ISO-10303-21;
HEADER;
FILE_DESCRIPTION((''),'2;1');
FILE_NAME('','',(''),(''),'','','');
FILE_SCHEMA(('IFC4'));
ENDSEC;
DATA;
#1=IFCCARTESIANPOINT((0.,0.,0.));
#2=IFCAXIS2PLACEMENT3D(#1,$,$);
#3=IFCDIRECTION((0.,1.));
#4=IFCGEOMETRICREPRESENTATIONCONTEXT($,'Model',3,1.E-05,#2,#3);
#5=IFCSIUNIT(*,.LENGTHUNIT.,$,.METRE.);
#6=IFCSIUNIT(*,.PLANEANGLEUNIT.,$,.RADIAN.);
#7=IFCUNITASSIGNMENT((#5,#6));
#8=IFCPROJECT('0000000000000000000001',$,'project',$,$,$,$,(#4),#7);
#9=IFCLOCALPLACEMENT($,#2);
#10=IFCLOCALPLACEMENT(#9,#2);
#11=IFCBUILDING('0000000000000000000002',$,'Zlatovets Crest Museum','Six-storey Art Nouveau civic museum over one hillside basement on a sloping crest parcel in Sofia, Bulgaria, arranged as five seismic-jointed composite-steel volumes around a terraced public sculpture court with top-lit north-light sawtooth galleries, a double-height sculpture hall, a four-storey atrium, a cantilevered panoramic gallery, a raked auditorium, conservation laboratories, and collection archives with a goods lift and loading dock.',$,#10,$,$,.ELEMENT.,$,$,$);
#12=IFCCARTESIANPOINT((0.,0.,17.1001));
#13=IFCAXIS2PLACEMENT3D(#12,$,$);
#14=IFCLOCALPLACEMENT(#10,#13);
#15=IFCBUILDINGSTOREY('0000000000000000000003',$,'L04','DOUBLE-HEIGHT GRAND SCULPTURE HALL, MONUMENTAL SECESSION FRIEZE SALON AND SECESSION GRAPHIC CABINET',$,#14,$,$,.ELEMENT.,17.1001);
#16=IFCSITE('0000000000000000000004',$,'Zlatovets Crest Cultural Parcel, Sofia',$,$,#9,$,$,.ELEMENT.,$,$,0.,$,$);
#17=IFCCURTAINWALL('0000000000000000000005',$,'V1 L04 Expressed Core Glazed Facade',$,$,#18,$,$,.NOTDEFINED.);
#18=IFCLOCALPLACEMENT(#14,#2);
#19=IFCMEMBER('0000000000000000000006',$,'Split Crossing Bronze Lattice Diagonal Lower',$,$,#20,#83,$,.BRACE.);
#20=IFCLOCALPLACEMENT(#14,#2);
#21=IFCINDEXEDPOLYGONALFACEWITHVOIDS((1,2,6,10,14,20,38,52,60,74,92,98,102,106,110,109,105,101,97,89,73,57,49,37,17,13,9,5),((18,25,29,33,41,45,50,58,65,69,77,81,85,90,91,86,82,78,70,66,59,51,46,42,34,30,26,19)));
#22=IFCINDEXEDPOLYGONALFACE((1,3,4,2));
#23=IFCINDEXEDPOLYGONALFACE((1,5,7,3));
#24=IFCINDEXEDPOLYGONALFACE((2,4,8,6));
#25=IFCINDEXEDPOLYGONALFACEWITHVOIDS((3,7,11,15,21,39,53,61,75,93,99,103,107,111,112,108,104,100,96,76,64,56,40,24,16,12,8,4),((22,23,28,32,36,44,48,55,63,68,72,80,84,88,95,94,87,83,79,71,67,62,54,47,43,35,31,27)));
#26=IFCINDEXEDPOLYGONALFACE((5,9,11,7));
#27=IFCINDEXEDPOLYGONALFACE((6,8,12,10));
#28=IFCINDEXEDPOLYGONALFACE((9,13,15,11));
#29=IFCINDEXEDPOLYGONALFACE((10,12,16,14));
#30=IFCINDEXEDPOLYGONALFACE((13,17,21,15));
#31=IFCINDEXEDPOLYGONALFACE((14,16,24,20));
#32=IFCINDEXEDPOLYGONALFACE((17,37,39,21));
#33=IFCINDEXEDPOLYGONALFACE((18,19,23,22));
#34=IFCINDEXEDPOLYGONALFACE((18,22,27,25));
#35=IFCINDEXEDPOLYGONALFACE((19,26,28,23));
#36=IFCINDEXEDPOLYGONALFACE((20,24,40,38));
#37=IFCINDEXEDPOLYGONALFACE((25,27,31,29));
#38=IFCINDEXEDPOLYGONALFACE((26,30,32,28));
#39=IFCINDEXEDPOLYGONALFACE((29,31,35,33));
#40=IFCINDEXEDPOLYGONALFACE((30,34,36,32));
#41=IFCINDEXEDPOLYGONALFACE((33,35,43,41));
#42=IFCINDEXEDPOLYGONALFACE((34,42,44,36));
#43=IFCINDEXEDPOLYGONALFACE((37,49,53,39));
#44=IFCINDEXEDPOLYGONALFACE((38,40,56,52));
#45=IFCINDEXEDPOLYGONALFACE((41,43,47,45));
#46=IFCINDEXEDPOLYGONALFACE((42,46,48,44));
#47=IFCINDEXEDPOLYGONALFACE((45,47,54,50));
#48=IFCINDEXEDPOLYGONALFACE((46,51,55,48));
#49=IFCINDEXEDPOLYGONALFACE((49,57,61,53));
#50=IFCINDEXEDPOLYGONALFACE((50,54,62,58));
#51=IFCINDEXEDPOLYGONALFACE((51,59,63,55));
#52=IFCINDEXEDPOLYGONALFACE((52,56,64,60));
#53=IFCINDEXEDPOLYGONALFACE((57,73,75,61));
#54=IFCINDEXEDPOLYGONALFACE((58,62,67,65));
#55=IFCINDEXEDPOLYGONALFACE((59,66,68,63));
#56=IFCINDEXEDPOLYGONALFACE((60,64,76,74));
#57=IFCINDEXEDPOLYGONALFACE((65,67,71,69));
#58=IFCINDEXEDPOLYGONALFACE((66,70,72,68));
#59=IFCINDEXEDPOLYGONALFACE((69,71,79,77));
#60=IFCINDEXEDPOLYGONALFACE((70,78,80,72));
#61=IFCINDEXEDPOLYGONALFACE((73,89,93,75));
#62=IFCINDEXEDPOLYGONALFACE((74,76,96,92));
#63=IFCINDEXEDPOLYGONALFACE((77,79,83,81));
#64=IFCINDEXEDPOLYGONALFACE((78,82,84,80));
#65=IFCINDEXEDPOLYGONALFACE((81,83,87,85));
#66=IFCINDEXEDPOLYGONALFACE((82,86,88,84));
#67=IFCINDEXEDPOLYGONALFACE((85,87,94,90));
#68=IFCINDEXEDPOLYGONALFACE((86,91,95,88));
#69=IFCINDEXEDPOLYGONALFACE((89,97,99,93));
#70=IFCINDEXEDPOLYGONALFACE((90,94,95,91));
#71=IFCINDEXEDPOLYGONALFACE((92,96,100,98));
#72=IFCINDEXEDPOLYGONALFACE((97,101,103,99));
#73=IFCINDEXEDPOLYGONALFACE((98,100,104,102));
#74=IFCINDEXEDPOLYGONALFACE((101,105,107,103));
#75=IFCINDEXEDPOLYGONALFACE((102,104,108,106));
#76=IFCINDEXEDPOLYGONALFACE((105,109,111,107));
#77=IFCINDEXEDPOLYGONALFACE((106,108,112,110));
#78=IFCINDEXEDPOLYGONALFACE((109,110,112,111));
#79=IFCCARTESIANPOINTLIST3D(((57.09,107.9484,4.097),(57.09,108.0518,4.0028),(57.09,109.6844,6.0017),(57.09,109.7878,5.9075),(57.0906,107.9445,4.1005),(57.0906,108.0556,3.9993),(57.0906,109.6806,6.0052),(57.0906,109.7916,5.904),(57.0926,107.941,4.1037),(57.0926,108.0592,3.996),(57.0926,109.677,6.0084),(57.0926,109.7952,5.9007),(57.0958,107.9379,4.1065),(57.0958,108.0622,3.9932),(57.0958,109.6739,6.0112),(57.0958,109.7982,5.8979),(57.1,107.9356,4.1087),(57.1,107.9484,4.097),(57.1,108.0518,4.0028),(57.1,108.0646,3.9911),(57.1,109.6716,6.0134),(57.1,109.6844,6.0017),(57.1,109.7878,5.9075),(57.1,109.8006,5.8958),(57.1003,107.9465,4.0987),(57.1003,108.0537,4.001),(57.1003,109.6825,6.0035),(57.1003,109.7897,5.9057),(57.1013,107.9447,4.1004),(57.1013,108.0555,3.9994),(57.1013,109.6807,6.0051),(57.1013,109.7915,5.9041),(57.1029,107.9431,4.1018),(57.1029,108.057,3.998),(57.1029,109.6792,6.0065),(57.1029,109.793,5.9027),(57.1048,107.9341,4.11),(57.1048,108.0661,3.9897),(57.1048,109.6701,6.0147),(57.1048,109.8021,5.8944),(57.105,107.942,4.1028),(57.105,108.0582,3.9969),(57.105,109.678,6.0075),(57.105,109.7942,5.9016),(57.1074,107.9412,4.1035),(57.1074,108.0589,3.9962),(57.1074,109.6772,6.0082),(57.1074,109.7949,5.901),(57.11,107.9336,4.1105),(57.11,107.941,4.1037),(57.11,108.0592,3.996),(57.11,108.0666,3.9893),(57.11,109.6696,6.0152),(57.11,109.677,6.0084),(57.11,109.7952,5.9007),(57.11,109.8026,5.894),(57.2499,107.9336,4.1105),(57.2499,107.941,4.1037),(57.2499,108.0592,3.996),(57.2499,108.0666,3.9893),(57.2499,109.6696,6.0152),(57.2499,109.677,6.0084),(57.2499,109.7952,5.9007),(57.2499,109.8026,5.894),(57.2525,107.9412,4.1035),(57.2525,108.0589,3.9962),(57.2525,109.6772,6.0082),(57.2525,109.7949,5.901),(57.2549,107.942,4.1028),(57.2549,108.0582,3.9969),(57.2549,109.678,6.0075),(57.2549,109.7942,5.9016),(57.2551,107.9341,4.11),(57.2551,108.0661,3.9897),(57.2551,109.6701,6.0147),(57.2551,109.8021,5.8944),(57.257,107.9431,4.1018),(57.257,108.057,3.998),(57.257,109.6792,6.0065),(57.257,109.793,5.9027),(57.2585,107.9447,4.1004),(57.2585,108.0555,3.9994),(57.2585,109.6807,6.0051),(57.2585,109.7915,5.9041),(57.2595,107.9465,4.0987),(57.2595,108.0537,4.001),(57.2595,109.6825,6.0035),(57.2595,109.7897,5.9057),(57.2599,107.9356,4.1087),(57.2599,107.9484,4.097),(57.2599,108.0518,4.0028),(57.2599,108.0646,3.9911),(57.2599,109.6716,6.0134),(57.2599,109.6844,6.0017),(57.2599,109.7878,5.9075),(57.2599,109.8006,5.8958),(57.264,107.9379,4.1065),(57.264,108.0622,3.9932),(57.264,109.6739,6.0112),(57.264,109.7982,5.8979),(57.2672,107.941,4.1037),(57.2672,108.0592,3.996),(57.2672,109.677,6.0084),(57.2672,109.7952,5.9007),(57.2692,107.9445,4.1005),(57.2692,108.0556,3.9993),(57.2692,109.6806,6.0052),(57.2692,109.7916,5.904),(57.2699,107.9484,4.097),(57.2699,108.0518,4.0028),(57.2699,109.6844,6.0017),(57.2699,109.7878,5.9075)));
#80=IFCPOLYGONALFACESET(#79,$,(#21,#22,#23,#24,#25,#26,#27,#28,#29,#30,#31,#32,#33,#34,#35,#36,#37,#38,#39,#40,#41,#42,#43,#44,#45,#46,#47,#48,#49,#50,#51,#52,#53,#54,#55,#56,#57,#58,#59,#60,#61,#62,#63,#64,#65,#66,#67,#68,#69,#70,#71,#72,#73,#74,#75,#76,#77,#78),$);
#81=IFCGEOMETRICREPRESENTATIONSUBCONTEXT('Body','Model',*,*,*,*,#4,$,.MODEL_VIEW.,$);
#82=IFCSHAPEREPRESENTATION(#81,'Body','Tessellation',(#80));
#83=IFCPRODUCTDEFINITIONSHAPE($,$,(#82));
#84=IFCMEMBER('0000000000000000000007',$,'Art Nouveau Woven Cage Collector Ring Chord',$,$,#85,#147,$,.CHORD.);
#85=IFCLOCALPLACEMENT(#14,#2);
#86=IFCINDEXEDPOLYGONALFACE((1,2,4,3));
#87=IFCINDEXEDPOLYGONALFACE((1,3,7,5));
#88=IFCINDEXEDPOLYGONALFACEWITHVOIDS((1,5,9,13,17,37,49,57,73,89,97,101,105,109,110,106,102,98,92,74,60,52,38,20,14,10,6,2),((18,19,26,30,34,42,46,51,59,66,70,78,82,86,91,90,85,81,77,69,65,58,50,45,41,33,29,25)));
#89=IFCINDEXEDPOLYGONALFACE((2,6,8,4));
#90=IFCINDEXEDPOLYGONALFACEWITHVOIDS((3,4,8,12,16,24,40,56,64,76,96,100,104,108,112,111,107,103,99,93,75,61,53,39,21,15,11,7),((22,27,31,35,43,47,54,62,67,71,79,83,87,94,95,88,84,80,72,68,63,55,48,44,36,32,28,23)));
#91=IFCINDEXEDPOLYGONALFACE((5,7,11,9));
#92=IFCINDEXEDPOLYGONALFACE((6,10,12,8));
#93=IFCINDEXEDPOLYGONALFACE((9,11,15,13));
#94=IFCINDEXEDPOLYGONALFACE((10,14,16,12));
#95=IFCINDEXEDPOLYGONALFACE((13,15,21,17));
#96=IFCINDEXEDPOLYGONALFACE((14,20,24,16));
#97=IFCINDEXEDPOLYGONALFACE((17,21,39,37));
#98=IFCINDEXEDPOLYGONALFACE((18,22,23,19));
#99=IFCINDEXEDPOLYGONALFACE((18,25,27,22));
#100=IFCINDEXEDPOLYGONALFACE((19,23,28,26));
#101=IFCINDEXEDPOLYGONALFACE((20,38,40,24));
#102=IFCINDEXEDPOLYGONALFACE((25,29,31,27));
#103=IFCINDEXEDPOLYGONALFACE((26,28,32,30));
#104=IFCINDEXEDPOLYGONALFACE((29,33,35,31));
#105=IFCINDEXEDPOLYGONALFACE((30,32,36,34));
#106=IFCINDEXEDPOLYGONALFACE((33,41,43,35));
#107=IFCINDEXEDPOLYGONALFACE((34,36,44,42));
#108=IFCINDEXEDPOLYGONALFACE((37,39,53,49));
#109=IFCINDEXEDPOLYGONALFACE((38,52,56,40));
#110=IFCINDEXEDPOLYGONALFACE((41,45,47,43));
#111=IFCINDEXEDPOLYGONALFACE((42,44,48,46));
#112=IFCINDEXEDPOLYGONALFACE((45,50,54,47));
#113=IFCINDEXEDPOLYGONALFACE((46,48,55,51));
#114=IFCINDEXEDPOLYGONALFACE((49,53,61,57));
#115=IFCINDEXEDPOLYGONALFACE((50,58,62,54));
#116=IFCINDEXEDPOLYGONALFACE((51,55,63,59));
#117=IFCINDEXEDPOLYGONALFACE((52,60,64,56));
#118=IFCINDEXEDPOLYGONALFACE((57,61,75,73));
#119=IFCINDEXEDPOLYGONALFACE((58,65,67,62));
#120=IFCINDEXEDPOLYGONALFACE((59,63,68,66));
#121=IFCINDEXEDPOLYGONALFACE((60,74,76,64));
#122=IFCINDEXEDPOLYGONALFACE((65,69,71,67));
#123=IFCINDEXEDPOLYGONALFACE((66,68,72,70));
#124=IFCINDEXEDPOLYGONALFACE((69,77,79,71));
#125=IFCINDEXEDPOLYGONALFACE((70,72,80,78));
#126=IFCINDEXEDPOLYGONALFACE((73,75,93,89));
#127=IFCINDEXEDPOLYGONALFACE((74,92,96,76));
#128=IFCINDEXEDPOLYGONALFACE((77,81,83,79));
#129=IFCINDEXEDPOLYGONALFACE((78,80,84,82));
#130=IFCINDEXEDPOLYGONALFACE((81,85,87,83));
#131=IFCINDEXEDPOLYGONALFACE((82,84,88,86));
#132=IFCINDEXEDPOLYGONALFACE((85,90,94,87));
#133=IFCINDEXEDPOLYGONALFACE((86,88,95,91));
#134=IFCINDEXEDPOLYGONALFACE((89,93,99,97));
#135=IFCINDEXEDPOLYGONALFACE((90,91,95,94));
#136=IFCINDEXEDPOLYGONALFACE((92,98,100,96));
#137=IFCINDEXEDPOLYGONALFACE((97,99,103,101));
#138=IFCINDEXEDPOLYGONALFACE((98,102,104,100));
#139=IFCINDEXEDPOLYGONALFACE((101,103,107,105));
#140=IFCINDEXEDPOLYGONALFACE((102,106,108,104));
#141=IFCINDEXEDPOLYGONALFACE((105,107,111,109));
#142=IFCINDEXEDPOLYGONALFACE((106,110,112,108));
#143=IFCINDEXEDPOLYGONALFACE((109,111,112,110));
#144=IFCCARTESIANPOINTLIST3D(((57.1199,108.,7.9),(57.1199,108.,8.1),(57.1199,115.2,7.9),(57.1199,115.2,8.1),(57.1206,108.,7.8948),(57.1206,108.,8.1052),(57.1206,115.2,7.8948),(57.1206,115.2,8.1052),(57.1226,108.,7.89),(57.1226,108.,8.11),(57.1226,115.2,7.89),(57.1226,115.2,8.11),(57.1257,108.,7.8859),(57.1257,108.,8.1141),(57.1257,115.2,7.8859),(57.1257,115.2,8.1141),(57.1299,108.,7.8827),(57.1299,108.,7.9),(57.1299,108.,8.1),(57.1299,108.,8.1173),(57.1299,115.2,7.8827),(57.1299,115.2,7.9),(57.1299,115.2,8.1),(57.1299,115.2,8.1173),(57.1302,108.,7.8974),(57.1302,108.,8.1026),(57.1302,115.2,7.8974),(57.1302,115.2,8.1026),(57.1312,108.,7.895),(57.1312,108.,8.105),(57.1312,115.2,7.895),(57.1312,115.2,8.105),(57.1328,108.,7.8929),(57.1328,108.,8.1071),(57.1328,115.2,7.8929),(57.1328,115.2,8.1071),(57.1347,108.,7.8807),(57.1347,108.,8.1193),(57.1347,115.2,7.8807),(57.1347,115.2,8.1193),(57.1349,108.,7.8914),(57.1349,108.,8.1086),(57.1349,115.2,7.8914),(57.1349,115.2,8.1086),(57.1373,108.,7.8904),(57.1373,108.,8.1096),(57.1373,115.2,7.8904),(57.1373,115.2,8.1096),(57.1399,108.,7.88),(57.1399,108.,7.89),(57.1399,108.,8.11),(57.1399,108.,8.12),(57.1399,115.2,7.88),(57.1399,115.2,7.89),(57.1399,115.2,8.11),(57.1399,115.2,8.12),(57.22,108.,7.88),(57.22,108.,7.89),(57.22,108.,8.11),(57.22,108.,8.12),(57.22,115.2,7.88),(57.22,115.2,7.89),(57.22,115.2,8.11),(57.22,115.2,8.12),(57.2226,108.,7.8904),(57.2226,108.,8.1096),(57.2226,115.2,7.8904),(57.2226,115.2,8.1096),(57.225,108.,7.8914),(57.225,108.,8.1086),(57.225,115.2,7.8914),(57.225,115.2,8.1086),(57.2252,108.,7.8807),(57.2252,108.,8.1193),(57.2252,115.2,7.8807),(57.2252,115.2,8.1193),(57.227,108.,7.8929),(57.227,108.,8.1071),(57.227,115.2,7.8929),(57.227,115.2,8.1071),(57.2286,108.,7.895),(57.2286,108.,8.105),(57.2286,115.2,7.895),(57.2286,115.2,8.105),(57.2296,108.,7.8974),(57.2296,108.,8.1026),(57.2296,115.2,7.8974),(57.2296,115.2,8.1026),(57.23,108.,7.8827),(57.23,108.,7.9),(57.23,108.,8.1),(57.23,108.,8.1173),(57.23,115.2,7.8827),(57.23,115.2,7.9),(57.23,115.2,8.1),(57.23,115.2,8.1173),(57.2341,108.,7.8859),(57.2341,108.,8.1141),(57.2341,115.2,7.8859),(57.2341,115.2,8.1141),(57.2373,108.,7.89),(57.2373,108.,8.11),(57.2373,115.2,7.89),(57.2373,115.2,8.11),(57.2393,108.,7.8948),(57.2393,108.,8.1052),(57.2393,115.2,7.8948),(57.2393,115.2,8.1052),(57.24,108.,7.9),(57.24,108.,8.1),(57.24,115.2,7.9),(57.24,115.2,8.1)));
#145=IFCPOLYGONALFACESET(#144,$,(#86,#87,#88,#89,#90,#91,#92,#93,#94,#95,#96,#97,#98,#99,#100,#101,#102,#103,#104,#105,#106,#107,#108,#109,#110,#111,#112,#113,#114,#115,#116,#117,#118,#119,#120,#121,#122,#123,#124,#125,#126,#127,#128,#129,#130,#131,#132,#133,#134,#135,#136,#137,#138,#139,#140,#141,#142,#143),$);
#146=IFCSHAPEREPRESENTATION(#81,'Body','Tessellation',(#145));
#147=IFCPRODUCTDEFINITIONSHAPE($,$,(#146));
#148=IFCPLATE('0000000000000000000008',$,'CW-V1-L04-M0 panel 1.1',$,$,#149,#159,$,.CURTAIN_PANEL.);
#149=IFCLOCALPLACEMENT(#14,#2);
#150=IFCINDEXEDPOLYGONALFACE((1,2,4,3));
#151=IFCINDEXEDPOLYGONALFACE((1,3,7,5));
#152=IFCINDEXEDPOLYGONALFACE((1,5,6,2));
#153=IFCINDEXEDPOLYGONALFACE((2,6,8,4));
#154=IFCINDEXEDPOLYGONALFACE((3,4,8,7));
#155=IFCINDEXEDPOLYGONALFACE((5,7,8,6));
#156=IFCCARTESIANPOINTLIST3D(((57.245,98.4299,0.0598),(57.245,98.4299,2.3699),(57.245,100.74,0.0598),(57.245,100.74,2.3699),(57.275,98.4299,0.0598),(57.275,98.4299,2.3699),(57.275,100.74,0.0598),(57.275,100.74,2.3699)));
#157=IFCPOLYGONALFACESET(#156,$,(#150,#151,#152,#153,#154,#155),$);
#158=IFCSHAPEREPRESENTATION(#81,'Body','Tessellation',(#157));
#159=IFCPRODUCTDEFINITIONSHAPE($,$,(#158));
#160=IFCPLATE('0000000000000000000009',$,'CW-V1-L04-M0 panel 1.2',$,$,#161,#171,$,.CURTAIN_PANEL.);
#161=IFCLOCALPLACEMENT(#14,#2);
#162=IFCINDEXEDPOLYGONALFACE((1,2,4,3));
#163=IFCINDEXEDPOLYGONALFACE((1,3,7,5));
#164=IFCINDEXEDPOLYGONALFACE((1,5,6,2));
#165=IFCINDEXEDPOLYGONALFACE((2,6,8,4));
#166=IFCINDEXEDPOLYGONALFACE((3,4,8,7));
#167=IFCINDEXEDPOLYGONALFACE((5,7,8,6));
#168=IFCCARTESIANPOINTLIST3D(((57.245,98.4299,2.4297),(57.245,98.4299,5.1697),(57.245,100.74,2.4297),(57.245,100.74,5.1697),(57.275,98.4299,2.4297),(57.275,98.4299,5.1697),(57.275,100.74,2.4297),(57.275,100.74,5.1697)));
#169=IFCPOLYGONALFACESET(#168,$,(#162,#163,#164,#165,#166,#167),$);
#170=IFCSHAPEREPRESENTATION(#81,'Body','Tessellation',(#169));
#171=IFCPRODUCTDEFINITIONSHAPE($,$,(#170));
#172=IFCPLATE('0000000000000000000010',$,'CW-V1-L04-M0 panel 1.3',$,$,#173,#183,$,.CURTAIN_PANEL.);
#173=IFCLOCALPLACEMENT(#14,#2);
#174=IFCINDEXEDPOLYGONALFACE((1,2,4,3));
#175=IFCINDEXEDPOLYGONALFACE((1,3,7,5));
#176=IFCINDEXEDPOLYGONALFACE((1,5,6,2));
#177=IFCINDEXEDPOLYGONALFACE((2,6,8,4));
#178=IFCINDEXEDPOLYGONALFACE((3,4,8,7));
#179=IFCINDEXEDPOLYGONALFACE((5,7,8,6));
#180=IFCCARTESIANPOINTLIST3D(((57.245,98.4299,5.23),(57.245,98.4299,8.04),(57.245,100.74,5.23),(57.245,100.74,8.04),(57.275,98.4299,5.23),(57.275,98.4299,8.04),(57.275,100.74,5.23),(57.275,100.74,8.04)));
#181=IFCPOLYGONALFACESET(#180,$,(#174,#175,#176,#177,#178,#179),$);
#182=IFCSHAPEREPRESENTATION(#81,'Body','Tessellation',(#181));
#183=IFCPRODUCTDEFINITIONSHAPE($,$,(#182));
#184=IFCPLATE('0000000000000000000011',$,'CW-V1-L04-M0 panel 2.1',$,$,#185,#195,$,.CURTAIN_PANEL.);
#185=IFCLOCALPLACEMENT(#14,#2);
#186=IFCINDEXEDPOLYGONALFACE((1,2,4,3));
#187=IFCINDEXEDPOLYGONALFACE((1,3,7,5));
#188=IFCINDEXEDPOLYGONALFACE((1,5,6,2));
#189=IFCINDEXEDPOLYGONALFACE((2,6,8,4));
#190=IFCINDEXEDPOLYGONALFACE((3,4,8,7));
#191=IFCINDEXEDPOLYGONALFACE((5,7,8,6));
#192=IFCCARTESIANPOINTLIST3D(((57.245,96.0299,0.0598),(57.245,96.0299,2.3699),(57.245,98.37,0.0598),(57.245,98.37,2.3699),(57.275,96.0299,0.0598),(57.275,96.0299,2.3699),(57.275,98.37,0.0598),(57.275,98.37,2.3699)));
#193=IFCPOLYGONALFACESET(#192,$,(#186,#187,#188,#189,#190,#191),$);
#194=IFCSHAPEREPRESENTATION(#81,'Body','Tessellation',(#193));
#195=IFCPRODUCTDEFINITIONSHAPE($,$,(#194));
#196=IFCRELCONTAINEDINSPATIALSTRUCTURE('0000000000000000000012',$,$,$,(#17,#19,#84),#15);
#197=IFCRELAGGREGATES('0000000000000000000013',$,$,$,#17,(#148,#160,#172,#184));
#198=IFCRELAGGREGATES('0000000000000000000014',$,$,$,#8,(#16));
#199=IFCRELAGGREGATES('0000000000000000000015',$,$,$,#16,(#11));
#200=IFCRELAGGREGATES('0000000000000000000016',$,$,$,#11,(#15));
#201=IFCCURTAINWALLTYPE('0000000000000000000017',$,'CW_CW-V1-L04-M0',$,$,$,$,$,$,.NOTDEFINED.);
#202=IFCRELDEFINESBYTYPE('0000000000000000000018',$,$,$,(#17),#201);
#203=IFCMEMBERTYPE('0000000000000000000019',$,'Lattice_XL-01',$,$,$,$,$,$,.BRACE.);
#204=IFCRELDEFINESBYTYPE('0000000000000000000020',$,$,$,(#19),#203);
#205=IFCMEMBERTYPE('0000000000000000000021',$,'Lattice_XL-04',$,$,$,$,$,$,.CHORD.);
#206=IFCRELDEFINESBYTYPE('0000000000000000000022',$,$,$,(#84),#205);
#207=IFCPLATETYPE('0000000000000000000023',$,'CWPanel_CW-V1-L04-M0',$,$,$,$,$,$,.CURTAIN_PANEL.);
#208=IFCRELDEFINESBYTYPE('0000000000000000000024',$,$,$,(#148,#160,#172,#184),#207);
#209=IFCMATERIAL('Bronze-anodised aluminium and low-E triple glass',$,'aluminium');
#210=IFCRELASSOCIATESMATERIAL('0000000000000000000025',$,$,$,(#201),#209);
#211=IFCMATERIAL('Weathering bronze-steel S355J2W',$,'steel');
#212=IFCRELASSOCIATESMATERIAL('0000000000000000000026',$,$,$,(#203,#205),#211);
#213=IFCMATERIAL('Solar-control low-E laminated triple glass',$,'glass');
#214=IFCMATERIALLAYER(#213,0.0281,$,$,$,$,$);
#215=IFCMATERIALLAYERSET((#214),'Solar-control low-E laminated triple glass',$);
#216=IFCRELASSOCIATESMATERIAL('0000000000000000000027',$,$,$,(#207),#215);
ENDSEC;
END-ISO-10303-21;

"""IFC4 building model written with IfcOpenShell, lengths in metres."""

from ifc_helpers import new_model, si_unit, direction, frame, origin, origin_2d, place, context, subcontext, project, spatial, rectangle, hollow_rectangle, extrude, material, layer, layer_set, material_profile, profile_set, type_object, element, aggregate, save


model = new_model("IFC4")

# Units and contexts
model_context = context("Model", 3, precision=1e-05, world=origin(), true_north=direction((0.0, 1.0)))
body_context = subcontext(model_context, "Body", "Model", "MODEL_VIEW")
ifc_project = project(units=[si_unit("LENGTHUNIT", "METRE"), si_unit("PLANEANGLEUNIT", "RADIAN")], contexts=[model_context])

# Site, building, storey
site_placement = place(None, origin())
site = spatial("IfcSite", under=ifc_project, at=site_placement, Name="Zlatovets Crest Cultural Parcel, Sofia", CompositionType="ELEMENT", RefElevation=0.0)
building_placement = place(site_placement, origin())
building = spatial("IfcBuilding", under=site, at=building_placement, Name="Zlatovets Crest Museum", Description="Six-storey Art Nouveau civic museum over one hillside basement on a sloping crest parcel in Sofia, Bulgaria, arranged as five seismic-jointed composite-steel volumes around a terraced public sculpture court with top-lit north-light sawtooth galleries, a double-height sculpture hall, a four-storey atrium, a cantilevered panoramic gallery, a raked auditorium, conservation laboratories, and collection archives with a goods lift and loading dock.", CompositionType="ELEMENT")
storey_placement = place(building_placement, frame((0.0, 0.0, 17.1001)))
storey = spatial("IfcBuildingStorey", under=building, at=storey_placement, Name="L04", Description="DOUBLE-HEIGHT GRAND SCULPTURE HALL, MONUMENTAL SECESSION FRIEZE SALON AND SECESSION GRAPHIC CABINET", CompositionType="ELEMENT", Elevation=17.1001)

# Shared definitions
ifc_material_1 = material(Name="Bronze-anodised aluminium and low-E triple glass", Category="aluminium")

# Curtain wall
curtain_wall_type_1 = type_object("IfcCurtainWallType", Name="CW_CW-V1-L04-M0", PredefinedType="NOTDEFINED", material=ifc_material_1)
curtain_wall_1_placement = place(storey_placement, origin())
curtain_wall_1 = element("IfcCurtainWall", 1, at=curtain_wall_1_placement, inside=storey, type_object=curtain_wall_type_1, Name="V1 L04 Expressed Core Glazed Facade", PredefinedType="NOTDEFINED")

# Members
ifc_material_2 = material(Name="Weathering bronze-steel S355J2W", Category="steel")
ifc_material_profile_1 = material_profile(ifc_material_2, hollow_rectangle(XDim=0.1799, YDim=0.1799, WallThickness=0.01, InnerFilletRadius=0.01, OuterFilletRadius=0.02, at=origin_2d()), Name="SHS 180x180x10.0")
ifc_profile_set_1 = profile_set([ifc_material_profile_1], Name="Weathering bronze-steel S355J2W")
member_type_1 = type_object("IfcMemberType", Name="Lattice_XL-01", PredefinedType="BRACE", material=ifc_profile_set_1)
for number, where, z_axis, x_axis, name in (
    (2, (57.1799, 109.7361, 5.9546), (0.0, -0.67362, -0.739078), (1.0, 0.0, 0.0), "Split Crossing Bronze Lattice Diagonal Lower"),
):
    element("IfcMember", number, at=place(storey_placement, frame(where, z_axis=z_axis, x_axis=x_axis)), inside=storey, type_object=member_type_1, Name=name, PredefinedType="BRACE", context=body_context, shape_type="SweptSolid", body=[
        extrude(hollow_rectangle(XDim=0.1799, YDim=0.1799, WallThickness=0.01, InnerFilletRadius=0.01, OuterFilletRadius=0.02, at=origin_2d()), origin(), (0.0, 0.0, 1.0), 2.5771),
    ])
ifc_material_profile_2 = material_profile(ifc_material_2, hollow_rectangle(XDim=0.1201, YDim=0.24, WallThickness=0.01, InnerFilletRadius=0.01, OuterFilletRadius=0.02, at=origin_2d()), Name="RHS 120x240x10.0")
ifc_profile_set_2 = profile_set([ifc_material_profile_2], Name="Weathering bronze-steel S355J2W")
member_type_2 = type_object("IfcMemberType", Name="Lattice_XL-04", PredefinedType="CHORD", material=ifc_profile_set_2)
member_1_placement = place(storey_placement, frame((57.1799, 115.2, 8.0), z_axis=(0.0, -1.0, 0.0), x_axis=(1.0, 0.0, 0.0)))
element("IfcMember", 3, at=member_1_placement, inside=storey, type_object=member_type_2, Name="Art Nouveau Woven Cage Collector Ring Chord", PredefinedType="CHORD", context=body_context, shape_type="SweptSolid", body=[
    extrude(hollow_rectangle(XDim=0.1201, YDim=0.24, WallThickness=0.01, InnerFilletRadius=0.01, OuterFilletRadius=0.02, at=origin_2d()), origin(), (0.0, 0.0, 1.0), 7.2),
])

# Plates
ifc_material_3 = material(Name="Solar-control low-E laminated triple glass", Category="glass")
ifc_layer_1 = layer(ifc_material_3, 0.0281)
ifc_layer_set_1 = layer_set([ifc_layer_1], Name="Solar-control low-E laminated triple glass")
plate_type_1 = type_object("IfcPlateType", Name="CWPanel_CW-V1-L04-M0", PredefinedType="CURTAIN_PANEL", material=ifc_layer_set_1)
plate_1_placement = place(storey_placement, frame((57.26, 99.585, 0.0598), z_axis=(0.0, 0.0, 1.0), x_axis=(0.0, -1.0, 0.0)))
plate_1 = element("IfcPlate", 4, at=plate_1_placement, type_object=plate_type_1, Name="CW-V1-L04-M0 panel 1.1", PredefinedType="CURTAIN_PANEL", context=body_context, shape_type="SweptSolid", body=[
    extrude(rectangle(XDim=2.3101, YDim=0.03, at=origin_2d()), origin(), (0.0, 0.0, 1.0), 2.3101),
])
plate_2_placement = place(storey_placement, frame((57.26, 99.585, 2.4297), z_axis=(0.0, 0.0, 1.0), x_axis=(0.0, -1.0, 0.0)))
plate_2 = element("IfcPlate", 5, at=plate_2_placement, type_object=plate_type_1, Name="CW-V1-L04-M0 panel 1.2", PredefinedType="CURTAIN_PANEL", context=body_context, shape_type="SweptSolid", body=[
    extrude(rectangle(XDim=2.3101, YDim=0.03, at=origin_2d()), origin(), (0.0, 0.0, 1.0), 2.74),
])
plate_3_placement = place(storey_placement, frame((57.26, 99.585, 5.23), z_axis=(0.0, 0.0, 1.0), x_axis=(0.0, -1.0, 0.0)))
plate_3 = element("IfcPlate", 6, at=plate_3_placement, type_object=plate_type_1, Name="CW-V1-L04-M0 panel 1.3", PredefinedType="CURTAIN_PANEL", context=body_context, shape_type="SweptSolid", body=[
    extrude(rectangle(XDim=2.3101, YDim=0.03, at=origin_2d()), origin(), (0.0, 0.0, 1.0), 2.8101),
])
plate_4_placement = place(storey_placement, frame((57.26, 97.2, 0.0598), z_axis=(0.0, 0.0, 1.0), x_axis=(0.0, -1.0, 0.0)))
plate_4 = element("IfcPlate", 7, at=plate_4_placement, type_object=plate_type_1, Name="CW-V1-L04-M0 panel 2.1", PredefinedType="CURTAIN_PANEL", context=body_context, shape_type="SweptSolid", body=[
    extrude(rectangle(XDim=2.3401, YDim=0.03, at=origin_2d()), origin(), (0.0, 0.0, 1.0), 2.3101),
])
aggregate(curtain_wall_1, [plate_1, plate_2, plate_3, plate_4])

save(model, "model.ifc")
